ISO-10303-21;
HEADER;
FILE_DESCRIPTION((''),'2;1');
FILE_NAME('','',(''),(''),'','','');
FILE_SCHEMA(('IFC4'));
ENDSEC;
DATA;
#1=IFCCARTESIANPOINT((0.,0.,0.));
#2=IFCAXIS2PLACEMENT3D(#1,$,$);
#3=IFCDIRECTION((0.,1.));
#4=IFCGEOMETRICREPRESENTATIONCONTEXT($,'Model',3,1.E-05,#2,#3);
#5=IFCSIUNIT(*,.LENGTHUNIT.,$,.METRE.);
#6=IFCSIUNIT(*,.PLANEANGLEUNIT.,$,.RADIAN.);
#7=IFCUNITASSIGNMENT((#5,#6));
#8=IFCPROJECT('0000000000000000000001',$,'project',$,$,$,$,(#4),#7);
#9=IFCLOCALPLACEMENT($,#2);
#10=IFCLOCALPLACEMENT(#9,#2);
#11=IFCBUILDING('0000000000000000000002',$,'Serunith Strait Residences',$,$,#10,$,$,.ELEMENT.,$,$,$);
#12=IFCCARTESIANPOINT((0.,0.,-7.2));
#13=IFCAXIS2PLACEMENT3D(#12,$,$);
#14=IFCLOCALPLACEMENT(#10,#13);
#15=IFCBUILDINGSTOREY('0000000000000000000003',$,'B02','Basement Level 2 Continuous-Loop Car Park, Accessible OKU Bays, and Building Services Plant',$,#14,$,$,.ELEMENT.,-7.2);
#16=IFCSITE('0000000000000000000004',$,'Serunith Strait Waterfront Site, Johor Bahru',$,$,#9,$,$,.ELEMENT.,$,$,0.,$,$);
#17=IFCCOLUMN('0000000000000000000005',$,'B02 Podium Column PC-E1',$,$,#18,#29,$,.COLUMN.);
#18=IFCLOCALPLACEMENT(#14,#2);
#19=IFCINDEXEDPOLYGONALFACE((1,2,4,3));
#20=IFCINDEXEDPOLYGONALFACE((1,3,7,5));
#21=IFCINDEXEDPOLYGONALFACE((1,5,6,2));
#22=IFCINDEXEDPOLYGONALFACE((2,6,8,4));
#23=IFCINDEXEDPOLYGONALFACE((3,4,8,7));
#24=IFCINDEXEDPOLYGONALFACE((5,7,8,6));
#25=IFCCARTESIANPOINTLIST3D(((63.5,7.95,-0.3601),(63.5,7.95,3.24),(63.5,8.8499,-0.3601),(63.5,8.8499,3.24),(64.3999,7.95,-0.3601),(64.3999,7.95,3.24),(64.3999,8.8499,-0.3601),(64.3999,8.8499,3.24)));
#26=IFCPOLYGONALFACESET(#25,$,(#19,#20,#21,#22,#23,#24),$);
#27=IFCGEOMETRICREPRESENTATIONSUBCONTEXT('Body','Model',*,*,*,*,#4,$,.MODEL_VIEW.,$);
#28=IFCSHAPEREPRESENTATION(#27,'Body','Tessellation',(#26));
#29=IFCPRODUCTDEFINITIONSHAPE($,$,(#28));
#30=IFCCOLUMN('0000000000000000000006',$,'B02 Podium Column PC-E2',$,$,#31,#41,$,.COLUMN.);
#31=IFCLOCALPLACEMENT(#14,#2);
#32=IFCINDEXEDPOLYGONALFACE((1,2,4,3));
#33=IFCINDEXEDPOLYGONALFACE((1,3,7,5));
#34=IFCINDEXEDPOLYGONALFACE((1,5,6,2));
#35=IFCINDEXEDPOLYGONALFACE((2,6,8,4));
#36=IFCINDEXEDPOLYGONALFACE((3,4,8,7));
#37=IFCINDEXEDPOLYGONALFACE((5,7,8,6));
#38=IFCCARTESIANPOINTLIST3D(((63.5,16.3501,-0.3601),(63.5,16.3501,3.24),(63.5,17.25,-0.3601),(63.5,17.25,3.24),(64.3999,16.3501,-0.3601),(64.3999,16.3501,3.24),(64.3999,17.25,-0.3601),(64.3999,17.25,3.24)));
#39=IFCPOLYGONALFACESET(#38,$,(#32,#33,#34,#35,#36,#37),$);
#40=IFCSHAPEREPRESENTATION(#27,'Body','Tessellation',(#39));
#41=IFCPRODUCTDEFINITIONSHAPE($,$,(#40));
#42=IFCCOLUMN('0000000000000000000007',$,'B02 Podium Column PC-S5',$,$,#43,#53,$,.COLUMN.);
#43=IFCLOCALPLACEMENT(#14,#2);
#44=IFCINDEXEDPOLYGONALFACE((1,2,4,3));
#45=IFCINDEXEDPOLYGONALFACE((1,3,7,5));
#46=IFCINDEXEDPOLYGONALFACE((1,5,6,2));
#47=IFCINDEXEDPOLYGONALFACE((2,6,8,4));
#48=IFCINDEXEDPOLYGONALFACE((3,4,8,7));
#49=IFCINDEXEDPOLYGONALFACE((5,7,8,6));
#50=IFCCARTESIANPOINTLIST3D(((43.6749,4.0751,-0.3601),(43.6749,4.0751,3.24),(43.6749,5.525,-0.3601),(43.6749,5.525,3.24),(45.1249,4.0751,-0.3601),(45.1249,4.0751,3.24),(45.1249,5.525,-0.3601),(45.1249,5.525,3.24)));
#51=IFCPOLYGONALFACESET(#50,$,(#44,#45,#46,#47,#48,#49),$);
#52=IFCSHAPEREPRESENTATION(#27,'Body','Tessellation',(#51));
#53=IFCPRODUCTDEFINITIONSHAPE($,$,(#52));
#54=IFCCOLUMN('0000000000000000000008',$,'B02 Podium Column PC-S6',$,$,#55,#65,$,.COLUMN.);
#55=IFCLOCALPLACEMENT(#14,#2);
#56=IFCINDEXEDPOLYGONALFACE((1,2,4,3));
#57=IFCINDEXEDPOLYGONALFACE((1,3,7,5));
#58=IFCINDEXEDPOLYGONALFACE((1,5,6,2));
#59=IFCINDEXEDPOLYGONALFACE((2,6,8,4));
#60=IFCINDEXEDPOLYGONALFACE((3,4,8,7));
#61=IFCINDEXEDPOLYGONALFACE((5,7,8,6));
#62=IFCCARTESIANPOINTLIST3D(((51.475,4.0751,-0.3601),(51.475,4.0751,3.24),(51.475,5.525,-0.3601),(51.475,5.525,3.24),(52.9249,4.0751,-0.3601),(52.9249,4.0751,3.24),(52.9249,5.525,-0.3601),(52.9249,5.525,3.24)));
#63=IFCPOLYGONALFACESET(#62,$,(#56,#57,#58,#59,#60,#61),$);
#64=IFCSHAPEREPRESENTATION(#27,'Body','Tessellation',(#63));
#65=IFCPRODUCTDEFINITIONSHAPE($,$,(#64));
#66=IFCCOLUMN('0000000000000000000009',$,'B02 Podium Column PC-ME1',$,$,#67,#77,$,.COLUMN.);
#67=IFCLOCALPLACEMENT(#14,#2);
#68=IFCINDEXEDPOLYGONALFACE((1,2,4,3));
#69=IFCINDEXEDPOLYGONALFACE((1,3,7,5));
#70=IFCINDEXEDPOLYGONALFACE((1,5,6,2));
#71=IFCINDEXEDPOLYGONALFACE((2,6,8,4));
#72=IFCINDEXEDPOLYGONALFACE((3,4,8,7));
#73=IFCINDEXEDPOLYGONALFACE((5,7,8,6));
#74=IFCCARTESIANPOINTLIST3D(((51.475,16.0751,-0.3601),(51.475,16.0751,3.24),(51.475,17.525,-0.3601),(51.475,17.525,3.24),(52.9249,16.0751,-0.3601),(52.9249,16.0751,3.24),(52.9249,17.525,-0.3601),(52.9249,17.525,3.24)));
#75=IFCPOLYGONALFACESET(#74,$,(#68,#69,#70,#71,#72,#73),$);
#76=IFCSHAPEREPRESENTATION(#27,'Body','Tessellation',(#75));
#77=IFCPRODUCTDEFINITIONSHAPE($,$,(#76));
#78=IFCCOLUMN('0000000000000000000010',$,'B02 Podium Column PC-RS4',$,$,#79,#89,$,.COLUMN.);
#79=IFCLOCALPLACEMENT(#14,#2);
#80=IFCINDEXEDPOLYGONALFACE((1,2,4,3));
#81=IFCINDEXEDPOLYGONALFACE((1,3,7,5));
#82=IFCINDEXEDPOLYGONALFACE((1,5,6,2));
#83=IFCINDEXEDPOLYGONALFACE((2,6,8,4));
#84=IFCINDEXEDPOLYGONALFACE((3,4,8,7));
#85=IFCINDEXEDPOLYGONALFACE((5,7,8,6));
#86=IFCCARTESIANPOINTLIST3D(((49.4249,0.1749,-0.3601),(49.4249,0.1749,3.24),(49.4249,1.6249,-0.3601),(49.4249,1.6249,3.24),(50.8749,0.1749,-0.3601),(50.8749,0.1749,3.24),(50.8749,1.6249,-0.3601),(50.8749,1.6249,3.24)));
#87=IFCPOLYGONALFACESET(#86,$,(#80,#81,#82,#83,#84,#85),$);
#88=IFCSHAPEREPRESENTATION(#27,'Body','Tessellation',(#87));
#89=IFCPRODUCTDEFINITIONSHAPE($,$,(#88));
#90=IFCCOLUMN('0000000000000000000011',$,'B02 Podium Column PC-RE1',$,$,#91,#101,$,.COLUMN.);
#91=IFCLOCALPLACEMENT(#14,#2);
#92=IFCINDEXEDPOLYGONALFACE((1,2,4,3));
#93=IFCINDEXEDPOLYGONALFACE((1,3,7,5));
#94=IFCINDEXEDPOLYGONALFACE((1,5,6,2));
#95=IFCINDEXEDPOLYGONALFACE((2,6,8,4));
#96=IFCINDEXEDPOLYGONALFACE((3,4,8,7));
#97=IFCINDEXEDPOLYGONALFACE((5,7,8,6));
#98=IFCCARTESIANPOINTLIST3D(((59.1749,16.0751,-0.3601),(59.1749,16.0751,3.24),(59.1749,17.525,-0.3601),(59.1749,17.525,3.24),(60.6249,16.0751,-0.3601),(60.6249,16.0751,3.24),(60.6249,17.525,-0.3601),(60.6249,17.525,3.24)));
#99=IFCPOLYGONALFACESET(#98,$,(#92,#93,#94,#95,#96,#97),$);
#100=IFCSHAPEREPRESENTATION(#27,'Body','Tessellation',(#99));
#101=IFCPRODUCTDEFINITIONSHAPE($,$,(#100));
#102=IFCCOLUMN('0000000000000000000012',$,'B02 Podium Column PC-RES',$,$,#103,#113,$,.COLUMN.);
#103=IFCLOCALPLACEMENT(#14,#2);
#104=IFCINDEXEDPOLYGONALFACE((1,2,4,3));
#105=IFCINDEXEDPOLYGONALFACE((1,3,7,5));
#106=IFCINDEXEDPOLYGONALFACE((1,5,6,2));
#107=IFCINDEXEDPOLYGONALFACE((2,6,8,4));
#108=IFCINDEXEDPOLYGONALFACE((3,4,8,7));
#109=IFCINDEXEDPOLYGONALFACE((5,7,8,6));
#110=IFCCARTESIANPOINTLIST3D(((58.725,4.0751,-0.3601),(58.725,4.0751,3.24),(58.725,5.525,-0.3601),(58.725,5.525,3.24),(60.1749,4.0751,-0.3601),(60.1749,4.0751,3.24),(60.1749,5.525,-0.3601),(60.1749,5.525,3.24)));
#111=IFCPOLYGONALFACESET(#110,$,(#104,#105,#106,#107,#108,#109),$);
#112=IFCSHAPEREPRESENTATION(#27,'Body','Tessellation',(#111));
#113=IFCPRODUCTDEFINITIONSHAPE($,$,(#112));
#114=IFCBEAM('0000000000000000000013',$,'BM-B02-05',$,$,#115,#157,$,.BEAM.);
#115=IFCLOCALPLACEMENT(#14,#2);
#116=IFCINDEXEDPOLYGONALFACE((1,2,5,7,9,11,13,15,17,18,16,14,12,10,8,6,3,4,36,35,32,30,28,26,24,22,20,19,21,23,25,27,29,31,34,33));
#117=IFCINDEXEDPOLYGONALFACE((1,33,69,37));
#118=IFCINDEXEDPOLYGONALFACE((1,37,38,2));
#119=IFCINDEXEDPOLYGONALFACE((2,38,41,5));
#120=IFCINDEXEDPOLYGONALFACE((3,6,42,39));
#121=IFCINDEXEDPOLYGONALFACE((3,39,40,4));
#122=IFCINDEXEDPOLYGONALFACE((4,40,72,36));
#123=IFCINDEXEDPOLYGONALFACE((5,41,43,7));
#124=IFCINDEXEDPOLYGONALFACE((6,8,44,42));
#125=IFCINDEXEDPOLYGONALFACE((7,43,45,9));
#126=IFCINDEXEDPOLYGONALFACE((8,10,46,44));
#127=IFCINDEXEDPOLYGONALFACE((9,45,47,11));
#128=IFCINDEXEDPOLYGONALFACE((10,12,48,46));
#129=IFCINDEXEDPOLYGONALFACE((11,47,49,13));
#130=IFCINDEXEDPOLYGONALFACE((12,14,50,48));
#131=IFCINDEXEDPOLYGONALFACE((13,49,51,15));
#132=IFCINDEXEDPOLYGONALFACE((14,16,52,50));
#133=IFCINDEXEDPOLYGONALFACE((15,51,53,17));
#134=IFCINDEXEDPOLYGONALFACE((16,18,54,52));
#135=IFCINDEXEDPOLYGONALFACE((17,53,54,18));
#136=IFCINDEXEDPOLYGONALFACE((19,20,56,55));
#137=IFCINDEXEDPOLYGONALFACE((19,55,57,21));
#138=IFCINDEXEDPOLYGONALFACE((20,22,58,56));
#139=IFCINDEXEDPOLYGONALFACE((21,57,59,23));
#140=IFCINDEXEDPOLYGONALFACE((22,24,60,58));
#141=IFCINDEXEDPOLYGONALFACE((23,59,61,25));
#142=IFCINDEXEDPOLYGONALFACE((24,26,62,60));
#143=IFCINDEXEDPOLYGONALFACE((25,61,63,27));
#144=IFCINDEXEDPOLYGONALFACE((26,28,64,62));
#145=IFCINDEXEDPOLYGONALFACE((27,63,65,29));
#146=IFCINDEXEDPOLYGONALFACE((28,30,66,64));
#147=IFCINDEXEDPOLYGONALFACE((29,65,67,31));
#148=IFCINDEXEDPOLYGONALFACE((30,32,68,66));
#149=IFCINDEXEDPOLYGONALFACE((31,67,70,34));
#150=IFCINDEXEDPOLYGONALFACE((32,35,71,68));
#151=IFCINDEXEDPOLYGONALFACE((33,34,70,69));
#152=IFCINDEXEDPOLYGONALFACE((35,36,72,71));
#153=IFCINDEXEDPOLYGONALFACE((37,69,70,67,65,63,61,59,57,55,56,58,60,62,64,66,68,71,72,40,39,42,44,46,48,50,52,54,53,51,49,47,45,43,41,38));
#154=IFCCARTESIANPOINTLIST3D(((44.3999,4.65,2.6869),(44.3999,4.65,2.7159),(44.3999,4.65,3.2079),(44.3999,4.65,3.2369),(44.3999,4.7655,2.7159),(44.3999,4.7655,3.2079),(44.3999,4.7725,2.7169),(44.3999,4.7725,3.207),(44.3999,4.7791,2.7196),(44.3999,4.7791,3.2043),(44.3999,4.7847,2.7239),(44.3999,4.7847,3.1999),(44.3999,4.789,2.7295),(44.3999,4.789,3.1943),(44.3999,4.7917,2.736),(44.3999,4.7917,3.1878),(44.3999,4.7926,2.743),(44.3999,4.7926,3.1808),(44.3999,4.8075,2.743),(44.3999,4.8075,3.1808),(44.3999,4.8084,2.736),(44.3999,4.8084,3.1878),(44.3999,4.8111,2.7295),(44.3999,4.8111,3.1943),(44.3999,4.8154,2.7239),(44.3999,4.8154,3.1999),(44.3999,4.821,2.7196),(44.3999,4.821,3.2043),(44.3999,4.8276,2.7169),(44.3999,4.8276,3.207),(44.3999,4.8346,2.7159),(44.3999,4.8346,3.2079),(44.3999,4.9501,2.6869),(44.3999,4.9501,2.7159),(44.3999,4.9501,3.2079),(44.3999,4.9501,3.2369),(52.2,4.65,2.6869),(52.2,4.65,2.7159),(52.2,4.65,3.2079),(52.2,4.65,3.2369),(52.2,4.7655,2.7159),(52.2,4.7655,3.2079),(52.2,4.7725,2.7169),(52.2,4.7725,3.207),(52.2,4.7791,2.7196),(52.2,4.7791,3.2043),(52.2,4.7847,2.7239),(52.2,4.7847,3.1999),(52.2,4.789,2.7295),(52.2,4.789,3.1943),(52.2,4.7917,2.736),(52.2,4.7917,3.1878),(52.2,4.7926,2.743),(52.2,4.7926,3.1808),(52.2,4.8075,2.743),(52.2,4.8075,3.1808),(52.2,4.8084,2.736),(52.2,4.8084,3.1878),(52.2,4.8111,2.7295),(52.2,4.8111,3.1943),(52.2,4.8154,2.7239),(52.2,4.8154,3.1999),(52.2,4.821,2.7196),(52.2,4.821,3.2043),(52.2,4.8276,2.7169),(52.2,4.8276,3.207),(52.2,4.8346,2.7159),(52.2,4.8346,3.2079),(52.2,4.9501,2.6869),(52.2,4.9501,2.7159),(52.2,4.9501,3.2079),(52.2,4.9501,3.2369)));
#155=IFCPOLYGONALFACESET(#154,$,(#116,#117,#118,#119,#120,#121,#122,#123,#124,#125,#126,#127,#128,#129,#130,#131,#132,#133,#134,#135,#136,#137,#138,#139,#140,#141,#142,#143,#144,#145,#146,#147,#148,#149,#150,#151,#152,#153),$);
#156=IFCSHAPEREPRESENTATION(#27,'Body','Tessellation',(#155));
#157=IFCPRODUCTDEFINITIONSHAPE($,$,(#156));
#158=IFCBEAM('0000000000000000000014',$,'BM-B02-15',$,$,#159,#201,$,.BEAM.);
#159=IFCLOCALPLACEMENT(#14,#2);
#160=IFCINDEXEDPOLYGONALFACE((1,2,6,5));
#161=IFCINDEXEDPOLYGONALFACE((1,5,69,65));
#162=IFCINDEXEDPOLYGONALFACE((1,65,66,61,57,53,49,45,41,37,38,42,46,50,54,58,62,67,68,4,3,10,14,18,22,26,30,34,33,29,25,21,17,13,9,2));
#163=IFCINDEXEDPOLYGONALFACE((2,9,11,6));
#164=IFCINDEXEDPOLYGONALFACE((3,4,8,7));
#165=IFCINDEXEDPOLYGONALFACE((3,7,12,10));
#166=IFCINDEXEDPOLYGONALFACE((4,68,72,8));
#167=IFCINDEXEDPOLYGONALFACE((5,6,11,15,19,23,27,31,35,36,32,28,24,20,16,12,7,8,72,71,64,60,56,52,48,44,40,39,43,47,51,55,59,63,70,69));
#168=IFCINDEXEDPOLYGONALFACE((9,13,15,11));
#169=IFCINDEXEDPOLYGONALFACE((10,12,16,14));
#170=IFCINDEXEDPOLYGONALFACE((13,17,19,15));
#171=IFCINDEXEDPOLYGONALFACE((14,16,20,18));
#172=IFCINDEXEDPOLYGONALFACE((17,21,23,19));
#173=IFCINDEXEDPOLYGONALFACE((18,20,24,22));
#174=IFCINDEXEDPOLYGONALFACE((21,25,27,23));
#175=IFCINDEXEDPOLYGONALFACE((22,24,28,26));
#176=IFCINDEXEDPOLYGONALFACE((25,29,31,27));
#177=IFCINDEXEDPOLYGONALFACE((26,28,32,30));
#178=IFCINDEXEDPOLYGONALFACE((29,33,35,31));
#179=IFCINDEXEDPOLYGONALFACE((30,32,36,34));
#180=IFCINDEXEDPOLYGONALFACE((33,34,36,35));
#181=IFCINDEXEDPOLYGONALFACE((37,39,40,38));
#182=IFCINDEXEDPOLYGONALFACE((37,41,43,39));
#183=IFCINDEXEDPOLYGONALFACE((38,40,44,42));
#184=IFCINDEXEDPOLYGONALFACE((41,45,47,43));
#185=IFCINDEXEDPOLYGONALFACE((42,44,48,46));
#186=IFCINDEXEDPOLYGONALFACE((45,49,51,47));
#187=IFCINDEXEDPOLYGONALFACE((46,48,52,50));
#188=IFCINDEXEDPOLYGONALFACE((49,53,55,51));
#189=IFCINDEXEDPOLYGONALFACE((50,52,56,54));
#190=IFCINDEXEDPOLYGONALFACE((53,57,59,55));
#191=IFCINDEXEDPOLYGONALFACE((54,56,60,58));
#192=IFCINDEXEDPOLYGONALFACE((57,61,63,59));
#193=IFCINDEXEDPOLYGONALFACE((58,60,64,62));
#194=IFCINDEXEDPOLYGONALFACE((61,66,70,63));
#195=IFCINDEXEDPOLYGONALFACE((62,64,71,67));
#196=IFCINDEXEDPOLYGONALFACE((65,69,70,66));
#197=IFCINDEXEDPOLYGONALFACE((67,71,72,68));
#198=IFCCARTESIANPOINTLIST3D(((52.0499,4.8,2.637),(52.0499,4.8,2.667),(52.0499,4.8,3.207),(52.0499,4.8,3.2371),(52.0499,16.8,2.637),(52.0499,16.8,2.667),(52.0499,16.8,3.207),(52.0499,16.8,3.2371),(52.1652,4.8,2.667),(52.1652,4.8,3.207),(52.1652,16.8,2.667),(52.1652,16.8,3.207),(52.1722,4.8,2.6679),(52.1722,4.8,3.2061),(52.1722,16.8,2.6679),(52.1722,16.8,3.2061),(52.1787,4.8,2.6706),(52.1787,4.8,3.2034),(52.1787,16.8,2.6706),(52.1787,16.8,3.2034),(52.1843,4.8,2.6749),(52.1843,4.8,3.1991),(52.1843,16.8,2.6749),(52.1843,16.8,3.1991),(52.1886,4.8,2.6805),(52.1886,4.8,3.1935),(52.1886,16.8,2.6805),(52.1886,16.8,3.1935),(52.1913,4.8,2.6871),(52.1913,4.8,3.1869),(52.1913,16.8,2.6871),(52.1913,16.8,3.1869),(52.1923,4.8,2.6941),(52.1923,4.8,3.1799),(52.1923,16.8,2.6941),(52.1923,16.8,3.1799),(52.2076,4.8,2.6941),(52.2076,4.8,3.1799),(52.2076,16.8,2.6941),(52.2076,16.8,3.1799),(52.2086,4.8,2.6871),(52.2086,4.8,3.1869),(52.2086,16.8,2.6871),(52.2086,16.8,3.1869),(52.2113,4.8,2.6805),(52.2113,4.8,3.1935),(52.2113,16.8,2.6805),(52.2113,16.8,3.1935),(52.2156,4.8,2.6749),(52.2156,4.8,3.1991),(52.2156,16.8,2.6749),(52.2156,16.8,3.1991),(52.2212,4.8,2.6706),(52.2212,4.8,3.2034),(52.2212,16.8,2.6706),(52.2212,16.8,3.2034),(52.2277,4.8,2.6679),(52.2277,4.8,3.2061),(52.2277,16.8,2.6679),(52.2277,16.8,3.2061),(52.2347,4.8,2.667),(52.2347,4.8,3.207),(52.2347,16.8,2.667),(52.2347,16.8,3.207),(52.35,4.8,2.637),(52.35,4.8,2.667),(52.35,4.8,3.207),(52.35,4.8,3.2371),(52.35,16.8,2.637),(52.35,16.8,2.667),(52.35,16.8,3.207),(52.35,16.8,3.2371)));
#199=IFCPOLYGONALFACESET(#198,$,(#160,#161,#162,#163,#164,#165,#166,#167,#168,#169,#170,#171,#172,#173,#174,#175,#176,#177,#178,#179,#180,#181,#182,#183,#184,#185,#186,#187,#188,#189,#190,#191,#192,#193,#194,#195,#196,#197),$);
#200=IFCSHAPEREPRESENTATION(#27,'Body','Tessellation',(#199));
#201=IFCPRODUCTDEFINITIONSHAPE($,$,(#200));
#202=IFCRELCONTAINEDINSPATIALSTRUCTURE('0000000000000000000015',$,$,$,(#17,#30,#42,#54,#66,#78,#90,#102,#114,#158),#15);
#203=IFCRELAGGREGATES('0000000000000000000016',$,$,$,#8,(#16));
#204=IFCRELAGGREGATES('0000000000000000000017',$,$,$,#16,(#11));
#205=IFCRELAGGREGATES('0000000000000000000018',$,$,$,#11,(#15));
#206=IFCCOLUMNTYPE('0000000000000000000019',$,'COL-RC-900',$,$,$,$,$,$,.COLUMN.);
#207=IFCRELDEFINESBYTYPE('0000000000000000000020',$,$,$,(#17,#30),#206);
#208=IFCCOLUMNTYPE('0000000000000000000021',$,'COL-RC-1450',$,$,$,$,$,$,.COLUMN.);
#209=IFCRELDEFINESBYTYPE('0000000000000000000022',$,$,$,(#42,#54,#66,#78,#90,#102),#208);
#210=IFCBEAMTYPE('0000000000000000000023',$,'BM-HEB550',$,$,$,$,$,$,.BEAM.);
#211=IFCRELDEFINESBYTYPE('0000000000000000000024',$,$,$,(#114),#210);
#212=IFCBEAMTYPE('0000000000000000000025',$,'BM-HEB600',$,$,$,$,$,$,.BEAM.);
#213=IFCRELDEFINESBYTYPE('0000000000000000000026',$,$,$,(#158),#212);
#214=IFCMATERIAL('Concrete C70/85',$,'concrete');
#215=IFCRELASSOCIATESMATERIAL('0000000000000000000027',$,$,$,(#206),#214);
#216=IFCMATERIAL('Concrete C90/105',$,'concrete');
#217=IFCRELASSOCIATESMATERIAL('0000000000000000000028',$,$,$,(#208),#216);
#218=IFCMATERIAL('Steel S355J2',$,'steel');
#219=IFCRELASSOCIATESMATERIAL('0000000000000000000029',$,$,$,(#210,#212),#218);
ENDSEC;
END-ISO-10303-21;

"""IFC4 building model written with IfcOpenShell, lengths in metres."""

from ifc_helpers import new_model, si_unit, direction, frame, origin, origin_2d, place, context, subcontext, project, spatial, rectangle, i_section, extrude, source, transform, mapped, material, material_profile, profile_set, type_object, element, save


model = new_model("IFC4")

# Units and contexts
model_context = context("Model", 3, precision=1e-05, world=origin(), true_north=direction((0.0, 1.0)))
body_context = subcontext(model_context, "Body", "Model", "MODEL_VIEW")
ifc_project = project(units=[si_unit("LENGTHUNIT", "METRE"), si_unit("PLANEANGLEUNIT", "RADIAN")], contexts=[model_context])

# Site, building, storey
site_placement = place(None, origin())
site = spatial("IfcSite", under=ifc_project, at=site_placement, Name="Serunith Strait Waterfront Site, Johor Bahru", CompositionType="ELEMENT", RefElevation=0.0)
building_placement = place(site_placement, origin())
building = spatial("IfcBuilding", under=site, at=building_placement, Name="Serunith Strait Residences", CompositionType="ELEMENT")
storey_placement = place(building_placement, frame((0.0, 0.0, -7.2)))
storey = spatial("IfcBuildingStorey", under=building, at=storey_placement, Name="B02", Description="Basement Level 2 Continuous-Loop Car Park, Accessible OKU Bays, and Building Services Plant", CompositionType="ELEMENT", Elevation=-7.2)

# Columns
ifc_material_1 = material(Name="Concrete C70/85", Category="concrete")
ifc_material_profile_1 = material_profile(ifc_material_1, rectangle(XDim=0.8999, YDim=0.8999, at=origin_2d()), Name="RC 900x900")
ifc_profile_set_1 = profile_set([ifc_material_profile_1], Name="Concrete C70/85")
column_type_1 = type_object("IfcColumnType", Name="COL-RC-900", PredefinedType="COLUMN", material=ifc_profile_set_1)
shared_shape_1 = source(origin(), body_context, "Body", "SweptSolid", [
    extrude(rectangle(XDim=0.8999, YDim=0.8999, at=origin_2d()), origin(), (0.0, 0.0, 1.0), 3.6001),
])
for number, where, z_axis, x_axis, name in (
    (1, (63.95, 8.3999, -0.3601), (0.0, 0.0, 1.0), (1.0, 0.0, 0.0), "B02 Podium Column PC-E1"),
    (2, (63.95, 16.8, -0.3601), (0.0, 0.0, 1.0), (1.0, 0.0, 0.0), "B02 Podium Column PC-E2"),
):
    element("IfcColumn", number, at=place(storey_placement, frame(where, z_axis=z_axis, x_axis=x_axis)), inside=storey, type_object=column_type_1, Name=name, PredefinedType="COLUMN", context=body_context, shape_type="MappedRepresentation", body=[
        mapped(shared_shape_1, transform((0.0, 0.0, 0.0), scale=1.0)),
    ])
ifc_material_2 = material(Name="Concrete C90/105", Category="concrete")
ifc_material_profile_2 = material_profile(ifc_material_2, rectangle(XDim=1.45, YDim=1.45, at=origin_2d()), Name="RC 1450x1450")
ifc_profile_set_2 = profile_set([ifc_material_profile_2], Name="Concrete C90/105")
column_type_2 = type_object("IfcColumnType", Name="COL-RC-1450", PredefinedType="COLUMN", material=ifc_profile_set_2)
shared_shape_2 = source(origin(), body_context, "Body", "SweptSolid", [
    extrude(rectangle(XDim=1.45, YDim=1.45, at=origin_2d()), origin(), (0.0, 0.0, 1.0), 3.6001),
])
for number, where, z_axis, x_axis, name in (
    (3, (44.3999, 4.8, -0.3601), (0.0, 0.0, 1.0), (1.0, 0.0, 0.0), "B02 Podium Column PC-S5"),
    (4, (52.2, 4.8, -0.3601), (0.0, 0.0, 1.0), (1.0, 0.0, 0.0), "B02 Podium Column PC-S6"),
    (5, (52.2, 16.8, -0.3601), (0.0, 0.0, 1.0), (1.0, 0.0, 0.0), "B02 Podium Column PC-ME1"),
    (6, (50.1499, 0.8999, -0.3601), (0.0, 0.0, 1.0), (1.0, 0.0, 0.0), "B02 Podium Column PC-RS4"),
    (7, (59.8999, 16.8, -0.3601), (0.0, 0.0, 1.0), (1.0, 0.0, 0.0), "B02 Podium Column PC-RE1"),
    (8, (59.45, 4.8, -0.3601), (0.0, 0.0, 1.0), (1.0, 0.0, 0.0), "B02 Podium Column PC-RES"),
):
    element("IfcColumn", number, at=place(storey_placement, frame(where, z_axis=z_axis, x_axis=x_axis)), inside=storey, type_object=column_type_2, Name=name, PredefinedType="COLUMN", context=body_context, shape_type="MappedRepresentation", body=[
        mapped(shared_shape_2, transform((0.0, 0.0, 0.0), scale=1.0)),
    ])

# Beams
ifc_material_3 = material(Name="Steel S355J2", Category="steel")
ifc_material_profile_3 = material_profile(ifc_material_3, i_section(OverallWidth=0.3, OverallDepth=0.55, WebThickness=0.0149, FlangeThickness=0.0291, FilletRadius=0.0271, at=origin_2d()), Name="HEB 550")
ifc_profile_set_3 = profile_set([ifc_material_profile_3], Name="Steel S355J2")
beam_type_1 = type_object("IfcBeamType", Name="BM-HEB550", PredefinedType="BEAM", material=ifc_profile_set_3)
shared_shape_3 = source(origin(), body_context, "Body", "SweptSolid", [
    extrude(i_section(OverallWidth=0.3, OverallDepth=0.55, WebThickness=0.0149, FlangeThickness=0.0291, FilletRadius=0.0271, at=origin_2d()), origin(), (0.0, 0.0, 1.0), 7.8),
])
beam_1_placement = place(storey_placement, frame((44.3999, 4.8, 2.9619), z_axis=(1.0, 0.0, 0.0), x_axis=(0.0, 1.0, 0.0)))
element("IfcBeam", 9, at=beam_1_placement, inside=storey, type_object=beam_type_1, Name="BM-B02-05", PredefinedType="BEAM", context=body_context, shape_type="MappedRepresentation", body=[
    mapped(shared_shape_3, transform((0.0, 0.0, 0.0), scale=1.0)),
])
ifc_material_profile_4 = material_profile(ifc_material_3, i_section(OverallWidth=0.3, OverallDepth=0.6001, WebThickness=0.0154, FlangeThickness=0.03, FilletRadius=0.0271, at=origin_2d()), Name="HEB 600")
ifc_profile_set_4 = profile_set([ifc_material_profile_4], Name="Steel S355J2")
beam_type_2 = type_object("IfcBeamType", Name="BM-HEB600", PredefinedType="BEAM", material=ifc_profile_set_4)
shared_shape_4 = source(origin(), body_context, "Body", "SweptSolid", [
    extrude(i_section(OverallWidth=0.3, OverallDepth=0.6001, WebThickness=0.0154, FlangeThickness=0.03, FilletRadius=0.0271, at=origin_2d()), origin(), (0.0, 0.0, 1.0), 12.0),
])
beam_2_placement = place(storey_placement, frame((52.2, 4.8, 2.937), z_axis=(0.0, 1.0, 0.0), x_axis=(-1.0, 0.0, 0.0)))
element("IfcBeam", 10, at=beam_2_placement, inside=storey, type_object=beam_type_2, Name="BM-B02-15", PredefinedType="BEAM", context=body_context, shape_type="MappedRepresentation", body=[
    mapped(shared_shape_4, transform((0.0, 0.0, 0.0), scale=1.0)),
])

save(model, "model.ifc")
